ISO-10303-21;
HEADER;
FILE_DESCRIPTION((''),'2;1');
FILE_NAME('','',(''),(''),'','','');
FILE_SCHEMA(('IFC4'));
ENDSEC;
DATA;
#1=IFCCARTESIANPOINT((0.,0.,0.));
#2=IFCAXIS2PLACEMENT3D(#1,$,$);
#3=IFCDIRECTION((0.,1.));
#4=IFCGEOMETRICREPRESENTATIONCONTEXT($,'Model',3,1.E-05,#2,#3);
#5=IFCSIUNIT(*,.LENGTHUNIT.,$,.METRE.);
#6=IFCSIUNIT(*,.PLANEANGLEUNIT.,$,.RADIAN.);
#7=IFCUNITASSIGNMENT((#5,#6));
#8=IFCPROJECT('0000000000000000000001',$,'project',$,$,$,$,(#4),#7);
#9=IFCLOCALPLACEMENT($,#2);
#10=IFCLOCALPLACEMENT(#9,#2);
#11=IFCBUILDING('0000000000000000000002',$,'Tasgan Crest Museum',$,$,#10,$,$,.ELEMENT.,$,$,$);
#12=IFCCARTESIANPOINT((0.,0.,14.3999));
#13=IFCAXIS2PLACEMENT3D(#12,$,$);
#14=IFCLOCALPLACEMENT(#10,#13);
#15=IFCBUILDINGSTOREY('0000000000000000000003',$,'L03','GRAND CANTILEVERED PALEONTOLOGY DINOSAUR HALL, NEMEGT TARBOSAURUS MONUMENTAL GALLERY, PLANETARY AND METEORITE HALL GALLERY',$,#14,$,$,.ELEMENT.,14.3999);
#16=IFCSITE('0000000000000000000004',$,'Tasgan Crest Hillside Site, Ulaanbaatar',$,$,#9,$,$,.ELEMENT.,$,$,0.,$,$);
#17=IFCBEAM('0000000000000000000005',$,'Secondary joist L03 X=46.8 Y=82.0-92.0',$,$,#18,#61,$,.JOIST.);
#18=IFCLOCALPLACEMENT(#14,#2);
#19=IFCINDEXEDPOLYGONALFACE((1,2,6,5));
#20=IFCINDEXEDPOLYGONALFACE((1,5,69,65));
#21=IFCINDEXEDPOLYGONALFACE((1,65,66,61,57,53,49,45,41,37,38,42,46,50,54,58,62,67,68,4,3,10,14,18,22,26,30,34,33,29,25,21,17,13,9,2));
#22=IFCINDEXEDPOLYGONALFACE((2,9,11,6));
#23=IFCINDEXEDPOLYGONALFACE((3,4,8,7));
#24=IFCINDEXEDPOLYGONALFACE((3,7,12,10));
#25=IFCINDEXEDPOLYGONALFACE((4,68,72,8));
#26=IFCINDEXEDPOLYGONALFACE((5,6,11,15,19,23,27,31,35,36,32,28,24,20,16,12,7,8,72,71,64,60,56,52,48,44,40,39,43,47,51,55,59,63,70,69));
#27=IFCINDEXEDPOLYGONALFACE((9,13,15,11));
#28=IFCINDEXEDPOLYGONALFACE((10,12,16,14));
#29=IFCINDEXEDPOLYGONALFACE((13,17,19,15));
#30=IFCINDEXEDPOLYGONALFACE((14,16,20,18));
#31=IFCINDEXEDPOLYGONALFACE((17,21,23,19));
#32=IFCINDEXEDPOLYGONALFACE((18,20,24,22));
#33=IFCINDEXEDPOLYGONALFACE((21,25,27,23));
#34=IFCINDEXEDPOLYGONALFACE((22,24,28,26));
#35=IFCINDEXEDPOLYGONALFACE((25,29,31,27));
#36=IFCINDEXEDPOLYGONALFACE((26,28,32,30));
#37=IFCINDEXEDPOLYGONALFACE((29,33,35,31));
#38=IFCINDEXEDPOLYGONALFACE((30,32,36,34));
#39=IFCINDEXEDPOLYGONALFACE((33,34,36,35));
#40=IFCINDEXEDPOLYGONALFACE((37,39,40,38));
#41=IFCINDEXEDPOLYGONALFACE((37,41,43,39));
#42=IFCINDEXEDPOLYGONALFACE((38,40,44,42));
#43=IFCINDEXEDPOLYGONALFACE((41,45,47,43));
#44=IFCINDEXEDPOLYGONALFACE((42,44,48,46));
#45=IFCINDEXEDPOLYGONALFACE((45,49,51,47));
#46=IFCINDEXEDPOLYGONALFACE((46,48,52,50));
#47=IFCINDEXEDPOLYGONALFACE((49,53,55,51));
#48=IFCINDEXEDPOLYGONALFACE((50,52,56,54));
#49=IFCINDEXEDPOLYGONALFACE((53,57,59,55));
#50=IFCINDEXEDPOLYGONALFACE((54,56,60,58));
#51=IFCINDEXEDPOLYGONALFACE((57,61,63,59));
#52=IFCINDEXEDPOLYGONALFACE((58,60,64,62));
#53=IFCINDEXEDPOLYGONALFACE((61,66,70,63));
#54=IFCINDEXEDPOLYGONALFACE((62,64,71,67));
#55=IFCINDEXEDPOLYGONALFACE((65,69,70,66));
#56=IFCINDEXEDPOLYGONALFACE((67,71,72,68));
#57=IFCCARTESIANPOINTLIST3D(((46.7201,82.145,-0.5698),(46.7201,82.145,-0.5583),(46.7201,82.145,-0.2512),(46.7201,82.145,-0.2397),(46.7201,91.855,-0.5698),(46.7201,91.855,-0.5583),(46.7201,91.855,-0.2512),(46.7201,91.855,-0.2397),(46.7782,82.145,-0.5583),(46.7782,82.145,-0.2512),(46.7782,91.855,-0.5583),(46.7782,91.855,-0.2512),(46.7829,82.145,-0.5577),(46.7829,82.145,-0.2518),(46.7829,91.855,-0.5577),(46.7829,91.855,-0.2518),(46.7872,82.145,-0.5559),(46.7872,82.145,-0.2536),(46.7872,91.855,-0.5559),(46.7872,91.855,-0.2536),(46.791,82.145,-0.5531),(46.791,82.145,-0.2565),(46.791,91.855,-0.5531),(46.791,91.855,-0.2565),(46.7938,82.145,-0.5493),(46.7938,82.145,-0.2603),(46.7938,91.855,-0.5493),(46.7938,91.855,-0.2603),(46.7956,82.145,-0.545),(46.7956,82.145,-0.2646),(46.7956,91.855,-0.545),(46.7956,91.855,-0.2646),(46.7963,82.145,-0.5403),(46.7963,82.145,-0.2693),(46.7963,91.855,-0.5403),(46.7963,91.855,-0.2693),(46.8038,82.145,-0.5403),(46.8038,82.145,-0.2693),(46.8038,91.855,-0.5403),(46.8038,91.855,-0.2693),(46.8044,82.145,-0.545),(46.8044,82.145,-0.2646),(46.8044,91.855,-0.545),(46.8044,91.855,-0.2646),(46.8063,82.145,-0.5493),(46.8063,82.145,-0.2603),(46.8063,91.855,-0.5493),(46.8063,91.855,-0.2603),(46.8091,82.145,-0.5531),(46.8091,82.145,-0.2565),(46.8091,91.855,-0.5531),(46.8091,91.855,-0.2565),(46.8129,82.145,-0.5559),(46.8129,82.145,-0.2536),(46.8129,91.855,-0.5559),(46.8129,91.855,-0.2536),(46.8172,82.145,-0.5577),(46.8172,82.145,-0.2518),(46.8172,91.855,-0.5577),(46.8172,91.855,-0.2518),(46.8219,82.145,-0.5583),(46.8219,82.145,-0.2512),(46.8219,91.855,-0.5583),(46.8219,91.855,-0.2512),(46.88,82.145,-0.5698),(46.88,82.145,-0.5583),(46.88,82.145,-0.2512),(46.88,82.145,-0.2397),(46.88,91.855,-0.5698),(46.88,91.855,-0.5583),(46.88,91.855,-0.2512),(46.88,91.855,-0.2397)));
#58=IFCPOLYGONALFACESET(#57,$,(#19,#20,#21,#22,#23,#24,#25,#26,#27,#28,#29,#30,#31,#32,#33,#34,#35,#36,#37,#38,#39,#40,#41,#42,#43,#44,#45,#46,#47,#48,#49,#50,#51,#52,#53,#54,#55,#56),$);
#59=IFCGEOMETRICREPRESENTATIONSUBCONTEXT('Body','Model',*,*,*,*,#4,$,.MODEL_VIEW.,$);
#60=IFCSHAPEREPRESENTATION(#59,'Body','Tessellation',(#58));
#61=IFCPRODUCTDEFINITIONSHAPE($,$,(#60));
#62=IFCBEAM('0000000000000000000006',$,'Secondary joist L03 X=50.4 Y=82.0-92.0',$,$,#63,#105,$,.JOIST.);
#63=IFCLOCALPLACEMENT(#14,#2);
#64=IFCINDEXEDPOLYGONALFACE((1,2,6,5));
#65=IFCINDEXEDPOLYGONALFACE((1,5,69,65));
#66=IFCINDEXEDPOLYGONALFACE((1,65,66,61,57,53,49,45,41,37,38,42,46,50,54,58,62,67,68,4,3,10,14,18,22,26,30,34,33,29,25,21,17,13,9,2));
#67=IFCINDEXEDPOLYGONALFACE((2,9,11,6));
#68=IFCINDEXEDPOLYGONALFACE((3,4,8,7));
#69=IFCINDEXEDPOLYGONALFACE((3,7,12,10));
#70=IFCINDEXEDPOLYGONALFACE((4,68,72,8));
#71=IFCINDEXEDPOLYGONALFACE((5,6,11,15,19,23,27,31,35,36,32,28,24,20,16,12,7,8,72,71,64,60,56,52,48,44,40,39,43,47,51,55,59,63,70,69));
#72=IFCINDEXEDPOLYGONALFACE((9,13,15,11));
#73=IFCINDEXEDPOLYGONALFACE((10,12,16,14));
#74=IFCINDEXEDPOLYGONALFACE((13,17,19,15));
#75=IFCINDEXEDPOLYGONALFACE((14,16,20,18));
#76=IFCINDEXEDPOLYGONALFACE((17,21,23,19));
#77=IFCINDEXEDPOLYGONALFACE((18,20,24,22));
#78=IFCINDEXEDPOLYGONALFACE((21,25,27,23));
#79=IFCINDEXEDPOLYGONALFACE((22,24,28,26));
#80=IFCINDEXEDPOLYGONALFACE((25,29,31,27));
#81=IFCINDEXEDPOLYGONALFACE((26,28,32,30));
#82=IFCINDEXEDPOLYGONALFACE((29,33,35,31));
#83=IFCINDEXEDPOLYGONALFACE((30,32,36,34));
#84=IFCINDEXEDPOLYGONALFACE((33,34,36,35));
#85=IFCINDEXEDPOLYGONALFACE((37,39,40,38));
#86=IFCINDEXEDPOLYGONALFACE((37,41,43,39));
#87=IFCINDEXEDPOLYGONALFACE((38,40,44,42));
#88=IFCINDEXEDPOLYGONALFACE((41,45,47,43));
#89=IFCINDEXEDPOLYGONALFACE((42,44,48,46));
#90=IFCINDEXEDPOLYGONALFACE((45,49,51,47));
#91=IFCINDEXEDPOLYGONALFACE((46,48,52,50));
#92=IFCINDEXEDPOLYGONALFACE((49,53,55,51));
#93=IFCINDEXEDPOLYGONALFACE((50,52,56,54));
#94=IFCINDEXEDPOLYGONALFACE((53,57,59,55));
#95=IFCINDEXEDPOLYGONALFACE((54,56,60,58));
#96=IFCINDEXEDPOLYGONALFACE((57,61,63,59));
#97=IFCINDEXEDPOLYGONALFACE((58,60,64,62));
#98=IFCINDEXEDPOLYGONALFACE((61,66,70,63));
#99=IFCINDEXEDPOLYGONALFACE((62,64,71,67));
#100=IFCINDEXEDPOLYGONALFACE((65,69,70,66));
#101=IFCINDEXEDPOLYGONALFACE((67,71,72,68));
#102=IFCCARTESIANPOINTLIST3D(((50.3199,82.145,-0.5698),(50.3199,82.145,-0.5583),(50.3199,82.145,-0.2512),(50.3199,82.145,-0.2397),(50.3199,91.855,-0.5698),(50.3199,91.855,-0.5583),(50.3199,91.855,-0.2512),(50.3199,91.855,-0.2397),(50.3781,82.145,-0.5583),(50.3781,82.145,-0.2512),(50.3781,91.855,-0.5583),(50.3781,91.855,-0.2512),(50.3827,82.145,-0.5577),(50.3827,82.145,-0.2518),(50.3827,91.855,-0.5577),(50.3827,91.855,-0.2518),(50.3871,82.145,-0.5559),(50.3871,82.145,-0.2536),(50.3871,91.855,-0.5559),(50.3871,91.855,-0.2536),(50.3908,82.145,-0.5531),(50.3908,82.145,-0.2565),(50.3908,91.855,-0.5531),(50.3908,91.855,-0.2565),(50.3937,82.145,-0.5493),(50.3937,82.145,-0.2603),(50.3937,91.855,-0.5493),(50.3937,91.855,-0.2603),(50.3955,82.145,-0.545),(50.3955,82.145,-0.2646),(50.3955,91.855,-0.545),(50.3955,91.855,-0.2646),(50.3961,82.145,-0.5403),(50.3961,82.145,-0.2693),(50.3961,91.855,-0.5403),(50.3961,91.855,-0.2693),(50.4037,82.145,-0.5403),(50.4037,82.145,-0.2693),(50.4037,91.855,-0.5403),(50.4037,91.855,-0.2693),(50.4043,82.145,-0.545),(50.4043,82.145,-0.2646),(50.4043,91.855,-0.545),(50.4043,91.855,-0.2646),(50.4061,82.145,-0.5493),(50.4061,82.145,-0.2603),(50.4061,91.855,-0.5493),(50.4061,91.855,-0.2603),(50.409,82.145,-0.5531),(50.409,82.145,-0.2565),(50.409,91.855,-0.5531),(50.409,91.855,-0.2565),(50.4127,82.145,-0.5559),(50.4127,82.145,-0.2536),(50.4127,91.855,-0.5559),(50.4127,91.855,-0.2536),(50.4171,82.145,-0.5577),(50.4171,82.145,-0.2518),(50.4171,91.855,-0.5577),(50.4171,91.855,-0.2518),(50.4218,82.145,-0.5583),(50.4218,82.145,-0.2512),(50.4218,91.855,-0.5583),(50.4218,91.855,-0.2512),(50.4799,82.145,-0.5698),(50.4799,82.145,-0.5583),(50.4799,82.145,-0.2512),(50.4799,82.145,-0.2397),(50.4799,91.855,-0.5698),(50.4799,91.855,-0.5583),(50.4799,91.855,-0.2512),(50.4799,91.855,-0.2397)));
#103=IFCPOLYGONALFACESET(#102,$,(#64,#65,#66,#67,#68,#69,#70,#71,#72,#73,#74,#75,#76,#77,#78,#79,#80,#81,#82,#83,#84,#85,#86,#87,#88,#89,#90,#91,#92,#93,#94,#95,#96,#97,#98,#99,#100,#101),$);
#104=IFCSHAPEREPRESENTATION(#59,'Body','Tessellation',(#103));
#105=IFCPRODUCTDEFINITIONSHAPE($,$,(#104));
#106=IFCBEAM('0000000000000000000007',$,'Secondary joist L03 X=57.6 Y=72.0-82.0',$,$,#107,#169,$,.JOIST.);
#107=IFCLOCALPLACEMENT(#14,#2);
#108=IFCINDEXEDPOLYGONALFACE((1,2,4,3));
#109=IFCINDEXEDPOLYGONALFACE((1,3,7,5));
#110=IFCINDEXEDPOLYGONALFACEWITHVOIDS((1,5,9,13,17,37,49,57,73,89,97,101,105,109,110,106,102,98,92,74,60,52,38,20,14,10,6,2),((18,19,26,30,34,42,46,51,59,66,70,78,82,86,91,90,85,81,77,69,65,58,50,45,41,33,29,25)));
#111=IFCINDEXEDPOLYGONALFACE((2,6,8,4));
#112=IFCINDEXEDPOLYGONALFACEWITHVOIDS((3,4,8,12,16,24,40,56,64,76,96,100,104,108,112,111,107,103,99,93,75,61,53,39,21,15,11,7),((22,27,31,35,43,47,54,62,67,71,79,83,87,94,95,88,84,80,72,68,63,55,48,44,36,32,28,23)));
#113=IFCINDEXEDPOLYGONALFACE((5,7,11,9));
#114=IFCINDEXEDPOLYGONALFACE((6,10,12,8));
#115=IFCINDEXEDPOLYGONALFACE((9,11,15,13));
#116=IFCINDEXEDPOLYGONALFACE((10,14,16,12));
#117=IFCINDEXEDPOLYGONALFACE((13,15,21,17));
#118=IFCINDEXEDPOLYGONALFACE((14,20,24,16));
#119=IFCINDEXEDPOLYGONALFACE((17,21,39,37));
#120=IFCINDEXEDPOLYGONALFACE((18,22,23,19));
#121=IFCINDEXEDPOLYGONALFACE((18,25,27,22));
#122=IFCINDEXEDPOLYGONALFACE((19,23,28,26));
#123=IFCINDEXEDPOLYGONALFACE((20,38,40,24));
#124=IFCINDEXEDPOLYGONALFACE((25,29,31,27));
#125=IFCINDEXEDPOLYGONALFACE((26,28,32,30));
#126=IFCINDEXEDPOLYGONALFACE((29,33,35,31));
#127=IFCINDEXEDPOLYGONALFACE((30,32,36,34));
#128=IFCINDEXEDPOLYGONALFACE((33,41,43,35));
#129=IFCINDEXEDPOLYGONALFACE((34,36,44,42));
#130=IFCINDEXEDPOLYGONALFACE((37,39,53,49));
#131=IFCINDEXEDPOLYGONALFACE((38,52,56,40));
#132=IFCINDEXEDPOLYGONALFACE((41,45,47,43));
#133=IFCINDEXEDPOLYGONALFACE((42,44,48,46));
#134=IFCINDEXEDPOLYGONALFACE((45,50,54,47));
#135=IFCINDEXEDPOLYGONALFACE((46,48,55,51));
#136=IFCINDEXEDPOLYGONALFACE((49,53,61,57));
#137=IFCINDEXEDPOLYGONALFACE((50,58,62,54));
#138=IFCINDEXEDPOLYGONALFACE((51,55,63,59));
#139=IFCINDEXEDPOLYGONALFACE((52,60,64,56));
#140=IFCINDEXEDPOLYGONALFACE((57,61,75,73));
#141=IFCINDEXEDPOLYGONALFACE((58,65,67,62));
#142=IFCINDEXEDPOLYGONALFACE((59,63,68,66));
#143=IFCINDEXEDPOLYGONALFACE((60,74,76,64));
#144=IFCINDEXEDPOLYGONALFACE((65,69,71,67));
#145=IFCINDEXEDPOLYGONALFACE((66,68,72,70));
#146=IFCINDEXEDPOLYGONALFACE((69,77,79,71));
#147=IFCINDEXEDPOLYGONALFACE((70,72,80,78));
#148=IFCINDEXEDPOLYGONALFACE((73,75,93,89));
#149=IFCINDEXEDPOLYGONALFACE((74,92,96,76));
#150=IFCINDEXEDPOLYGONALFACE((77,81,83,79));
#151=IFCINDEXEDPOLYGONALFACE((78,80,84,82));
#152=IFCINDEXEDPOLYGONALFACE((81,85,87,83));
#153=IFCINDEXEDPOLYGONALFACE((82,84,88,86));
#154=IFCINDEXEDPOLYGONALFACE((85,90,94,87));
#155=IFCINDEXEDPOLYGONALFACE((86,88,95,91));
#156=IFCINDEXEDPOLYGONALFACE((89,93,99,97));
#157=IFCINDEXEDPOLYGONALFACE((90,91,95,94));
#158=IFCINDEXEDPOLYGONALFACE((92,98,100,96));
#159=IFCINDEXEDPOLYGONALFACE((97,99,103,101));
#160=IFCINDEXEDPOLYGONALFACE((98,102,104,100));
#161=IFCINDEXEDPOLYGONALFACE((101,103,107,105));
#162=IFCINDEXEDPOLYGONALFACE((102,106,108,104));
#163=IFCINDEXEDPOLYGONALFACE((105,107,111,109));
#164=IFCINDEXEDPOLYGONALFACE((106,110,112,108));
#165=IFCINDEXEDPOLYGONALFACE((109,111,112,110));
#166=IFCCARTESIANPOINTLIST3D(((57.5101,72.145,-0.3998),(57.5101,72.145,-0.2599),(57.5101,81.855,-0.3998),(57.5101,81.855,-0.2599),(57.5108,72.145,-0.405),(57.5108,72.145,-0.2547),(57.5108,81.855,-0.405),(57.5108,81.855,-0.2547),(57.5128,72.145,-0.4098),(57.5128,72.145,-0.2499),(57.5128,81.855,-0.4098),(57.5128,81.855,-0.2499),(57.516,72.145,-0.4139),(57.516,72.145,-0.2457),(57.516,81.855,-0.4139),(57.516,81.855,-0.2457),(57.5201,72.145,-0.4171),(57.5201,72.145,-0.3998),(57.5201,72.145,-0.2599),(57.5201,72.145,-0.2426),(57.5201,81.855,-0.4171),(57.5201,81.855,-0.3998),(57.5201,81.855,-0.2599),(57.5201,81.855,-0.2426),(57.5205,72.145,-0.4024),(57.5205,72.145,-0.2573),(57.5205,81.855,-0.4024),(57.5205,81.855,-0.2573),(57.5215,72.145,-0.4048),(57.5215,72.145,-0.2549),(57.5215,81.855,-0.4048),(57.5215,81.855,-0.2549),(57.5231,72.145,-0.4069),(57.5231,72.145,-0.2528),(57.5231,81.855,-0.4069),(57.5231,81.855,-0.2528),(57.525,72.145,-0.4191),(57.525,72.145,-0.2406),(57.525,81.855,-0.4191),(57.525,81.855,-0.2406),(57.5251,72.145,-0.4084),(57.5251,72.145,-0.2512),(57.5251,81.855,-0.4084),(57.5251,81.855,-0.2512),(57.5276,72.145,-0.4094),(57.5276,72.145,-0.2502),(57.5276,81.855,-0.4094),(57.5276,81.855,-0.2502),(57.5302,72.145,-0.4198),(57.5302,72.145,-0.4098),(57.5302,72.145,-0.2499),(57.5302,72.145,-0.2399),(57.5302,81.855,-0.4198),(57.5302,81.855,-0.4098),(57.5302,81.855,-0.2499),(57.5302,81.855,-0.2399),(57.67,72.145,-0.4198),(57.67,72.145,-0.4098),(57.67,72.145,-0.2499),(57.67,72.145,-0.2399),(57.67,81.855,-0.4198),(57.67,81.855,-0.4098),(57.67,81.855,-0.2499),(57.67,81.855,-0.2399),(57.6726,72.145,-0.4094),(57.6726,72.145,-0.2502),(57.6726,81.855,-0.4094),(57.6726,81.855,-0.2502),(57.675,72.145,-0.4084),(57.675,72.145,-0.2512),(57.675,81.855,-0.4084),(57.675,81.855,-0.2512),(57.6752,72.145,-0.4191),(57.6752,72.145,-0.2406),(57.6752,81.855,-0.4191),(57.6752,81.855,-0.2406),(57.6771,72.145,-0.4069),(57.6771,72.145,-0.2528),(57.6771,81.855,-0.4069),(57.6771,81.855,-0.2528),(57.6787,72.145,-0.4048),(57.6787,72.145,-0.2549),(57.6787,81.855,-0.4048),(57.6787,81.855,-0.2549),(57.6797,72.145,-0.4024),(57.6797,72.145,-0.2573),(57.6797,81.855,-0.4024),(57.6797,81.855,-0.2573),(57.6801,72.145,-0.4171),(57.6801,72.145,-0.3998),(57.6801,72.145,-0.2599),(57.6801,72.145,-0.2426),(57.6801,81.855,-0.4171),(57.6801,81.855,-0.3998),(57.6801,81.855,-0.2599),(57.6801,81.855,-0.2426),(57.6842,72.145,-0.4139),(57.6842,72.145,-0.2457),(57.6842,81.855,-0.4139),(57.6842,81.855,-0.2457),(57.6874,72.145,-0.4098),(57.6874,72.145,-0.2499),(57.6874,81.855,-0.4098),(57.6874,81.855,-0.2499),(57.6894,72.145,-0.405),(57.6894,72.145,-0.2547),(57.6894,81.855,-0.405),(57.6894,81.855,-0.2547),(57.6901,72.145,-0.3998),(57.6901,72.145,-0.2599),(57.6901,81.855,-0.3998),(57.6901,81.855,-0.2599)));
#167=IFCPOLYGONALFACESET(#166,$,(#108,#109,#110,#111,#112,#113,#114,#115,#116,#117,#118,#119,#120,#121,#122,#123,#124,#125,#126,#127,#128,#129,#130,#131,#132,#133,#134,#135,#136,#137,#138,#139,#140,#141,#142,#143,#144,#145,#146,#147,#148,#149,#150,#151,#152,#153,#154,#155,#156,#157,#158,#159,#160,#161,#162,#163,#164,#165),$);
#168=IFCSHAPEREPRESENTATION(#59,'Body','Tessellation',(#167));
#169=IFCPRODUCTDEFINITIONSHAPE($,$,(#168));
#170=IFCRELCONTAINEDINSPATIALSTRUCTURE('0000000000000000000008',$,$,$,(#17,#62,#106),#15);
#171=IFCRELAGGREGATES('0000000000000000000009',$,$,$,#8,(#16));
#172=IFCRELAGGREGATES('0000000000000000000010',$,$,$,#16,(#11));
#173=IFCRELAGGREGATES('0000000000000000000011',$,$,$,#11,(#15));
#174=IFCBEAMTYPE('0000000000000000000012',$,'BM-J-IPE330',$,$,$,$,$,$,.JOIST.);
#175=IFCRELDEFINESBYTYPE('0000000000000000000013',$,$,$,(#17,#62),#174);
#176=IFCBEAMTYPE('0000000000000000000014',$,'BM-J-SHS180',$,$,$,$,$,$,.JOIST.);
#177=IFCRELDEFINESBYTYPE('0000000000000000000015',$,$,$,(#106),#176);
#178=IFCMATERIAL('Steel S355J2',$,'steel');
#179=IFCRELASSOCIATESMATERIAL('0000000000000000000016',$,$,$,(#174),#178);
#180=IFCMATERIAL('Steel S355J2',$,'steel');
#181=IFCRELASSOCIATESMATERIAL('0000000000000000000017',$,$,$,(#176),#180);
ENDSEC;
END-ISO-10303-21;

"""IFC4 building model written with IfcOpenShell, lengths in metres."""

from ifc_helpers import new_model, si_unit, direction, frame, origin, origin_2d, place, context, subcontext, project, spatial, hollow_rectangle, i_section, extrude, material, material_profile, profile_set, type_object, element, save


model = new_model("IFC4")

# Units and contexts
model_context = context("Model", 3, precision=1e-05, world=origin(), true_north=direction((0.0, 1.0)))
body_context = subcontext(model_context, "Body", "Model", "MODEL_VIEW")
ifc_project = project(units=[si_unit("LENGTHUNIT", "METRE"), si_unit("PLANEANGLEUNIT", "RADIAN")], contexts=[model_context])

# Site, building, storey
site_placement = place(None, origin())
site = spatial("IfcSite", under=ifc_project, at=site_placement, Name="Tasgan Crest Hillside Site, Ulaanbaatar", CompositionType="ELEMENT", RefElevation=0.0)
building_placement = place(site_placement, origin())
building = spatial("IfcBuilding", under=site, at=building_placement, Name="Tasgan Crest Museum", CompositionType="ELEMENT")
storey_placement = place(building_placement, frame((0.0, 0.0, 14.3999)))
storey = spatial("IfcBuildingStorey", under=building, at=storey_placement, Name="L03", Description="GRAND CANTILEVERED PALEONTOLOGY DINOSAUR HALL, NEMEGT TARBOSAURUS MONUMENTAL GALLERY, PLANETARY AND METEORITE HALL GALLERY", CompositionType="ELEMENT", Elevation=14.3999)

# Beams
ifc_material_1 = material(Name="Steel S355J2", Category="steel")
ifc_material_profile_1 = material_profile(ifc_material_1, i_section(OverallWidth=0.1599, OverallDepth=0.3301, WebThickness=0.0076, FlangeThickness=0.0115, FilletRadius=0.0181, at=origin_2d()), Name="IPE 330")
ifc_profile_set_1 = profile_set([ifc_material_profile_1], Name="Steel S355J2")
beam_type_1 = type_object("IfcBeamType", Name="BM-J-IPE330", PredefinedType="JOIST", material=ifc_profile_set_1)
for number, where, z_axis, x_axis, name in (
    (1, (46.8, 82.145, -0.4048), (0.0, 1.0, 0.0), (-1.0, 0.0, 0.0), "Secondary joist L03 X=46.8 Y=82.0-92.0"),
    (2, (50.3999, 82.145, -0.4048), (0.0, 1.0, 0.0), (-1.0, 0.0, 0.0), "Secondary joist L03 X=50.4 Y=82.0-92.0"),
):
    element("IfcBeam", number, at=place(storey_placement, frame(where, z_axis=z_axis, x_axis=x_axis)), inside=storey, type_object=beam_type_1, Name=name, PredefinedType="JOIST", context=body_context, shape_type="SweptSolid", body=[
        extrude(i_section(OverallWidth=0.1599, OverallDepth=0.3301, WebThickness=0.0076, FlangeThickness=0.0115, FilletRadius=0.0181, at=origin_2d()), origin(), (0.0, 0.0, 1.0), 9.71),
    ])
ifc_material_2 = material(Name="Steel S355J2", Category="steel")
ifc_material_profile_2 = material_profile(ifc_material_2, hollow_rectangle(XDim=0.1799, YDim=0.1799, WallThickness=0.01, InnerFilletRadius=0.01, OuterFilletRadius=0.02, at=origin_2d()), Name="SHS 180x180x10")
ifc_profile_set_2 = profile_set([ifc_material_profile_2], Name="Steel S355J2")
beam_type_2 = type_object("IfcBeamType", Name="BM-J-SHS180", PredefinedType="JOIST", material=ifc_profile_set_2)
beam_1_placement = place(storey_placement, frame((57.6001, 72.145, -0.3298), z_axis=(0.0, 1.0, 0.0), x_axis=(-1.0, 0.0, 0.0)))
element("IfcBeam", 3, at=beam_1_placement, inside=storey, type_object=beam_type_2, Name="Secondary joist L03 X=57.6 Y=72.0-82.0", PredefinedType="JOIST", context=body_context, shape_type="SweptSolid", body=[
    extrude(hollow_rectangle(XDim=0.1799, YDim=0.1799, WallThickness=0.01, InnerFilletRadius=0.01, OuterFilletRadius=0.02, at=origin_2d()), origin(), (0.0, 0.0, 1.0), 9.71),
])

save(model, "model.ifc")
